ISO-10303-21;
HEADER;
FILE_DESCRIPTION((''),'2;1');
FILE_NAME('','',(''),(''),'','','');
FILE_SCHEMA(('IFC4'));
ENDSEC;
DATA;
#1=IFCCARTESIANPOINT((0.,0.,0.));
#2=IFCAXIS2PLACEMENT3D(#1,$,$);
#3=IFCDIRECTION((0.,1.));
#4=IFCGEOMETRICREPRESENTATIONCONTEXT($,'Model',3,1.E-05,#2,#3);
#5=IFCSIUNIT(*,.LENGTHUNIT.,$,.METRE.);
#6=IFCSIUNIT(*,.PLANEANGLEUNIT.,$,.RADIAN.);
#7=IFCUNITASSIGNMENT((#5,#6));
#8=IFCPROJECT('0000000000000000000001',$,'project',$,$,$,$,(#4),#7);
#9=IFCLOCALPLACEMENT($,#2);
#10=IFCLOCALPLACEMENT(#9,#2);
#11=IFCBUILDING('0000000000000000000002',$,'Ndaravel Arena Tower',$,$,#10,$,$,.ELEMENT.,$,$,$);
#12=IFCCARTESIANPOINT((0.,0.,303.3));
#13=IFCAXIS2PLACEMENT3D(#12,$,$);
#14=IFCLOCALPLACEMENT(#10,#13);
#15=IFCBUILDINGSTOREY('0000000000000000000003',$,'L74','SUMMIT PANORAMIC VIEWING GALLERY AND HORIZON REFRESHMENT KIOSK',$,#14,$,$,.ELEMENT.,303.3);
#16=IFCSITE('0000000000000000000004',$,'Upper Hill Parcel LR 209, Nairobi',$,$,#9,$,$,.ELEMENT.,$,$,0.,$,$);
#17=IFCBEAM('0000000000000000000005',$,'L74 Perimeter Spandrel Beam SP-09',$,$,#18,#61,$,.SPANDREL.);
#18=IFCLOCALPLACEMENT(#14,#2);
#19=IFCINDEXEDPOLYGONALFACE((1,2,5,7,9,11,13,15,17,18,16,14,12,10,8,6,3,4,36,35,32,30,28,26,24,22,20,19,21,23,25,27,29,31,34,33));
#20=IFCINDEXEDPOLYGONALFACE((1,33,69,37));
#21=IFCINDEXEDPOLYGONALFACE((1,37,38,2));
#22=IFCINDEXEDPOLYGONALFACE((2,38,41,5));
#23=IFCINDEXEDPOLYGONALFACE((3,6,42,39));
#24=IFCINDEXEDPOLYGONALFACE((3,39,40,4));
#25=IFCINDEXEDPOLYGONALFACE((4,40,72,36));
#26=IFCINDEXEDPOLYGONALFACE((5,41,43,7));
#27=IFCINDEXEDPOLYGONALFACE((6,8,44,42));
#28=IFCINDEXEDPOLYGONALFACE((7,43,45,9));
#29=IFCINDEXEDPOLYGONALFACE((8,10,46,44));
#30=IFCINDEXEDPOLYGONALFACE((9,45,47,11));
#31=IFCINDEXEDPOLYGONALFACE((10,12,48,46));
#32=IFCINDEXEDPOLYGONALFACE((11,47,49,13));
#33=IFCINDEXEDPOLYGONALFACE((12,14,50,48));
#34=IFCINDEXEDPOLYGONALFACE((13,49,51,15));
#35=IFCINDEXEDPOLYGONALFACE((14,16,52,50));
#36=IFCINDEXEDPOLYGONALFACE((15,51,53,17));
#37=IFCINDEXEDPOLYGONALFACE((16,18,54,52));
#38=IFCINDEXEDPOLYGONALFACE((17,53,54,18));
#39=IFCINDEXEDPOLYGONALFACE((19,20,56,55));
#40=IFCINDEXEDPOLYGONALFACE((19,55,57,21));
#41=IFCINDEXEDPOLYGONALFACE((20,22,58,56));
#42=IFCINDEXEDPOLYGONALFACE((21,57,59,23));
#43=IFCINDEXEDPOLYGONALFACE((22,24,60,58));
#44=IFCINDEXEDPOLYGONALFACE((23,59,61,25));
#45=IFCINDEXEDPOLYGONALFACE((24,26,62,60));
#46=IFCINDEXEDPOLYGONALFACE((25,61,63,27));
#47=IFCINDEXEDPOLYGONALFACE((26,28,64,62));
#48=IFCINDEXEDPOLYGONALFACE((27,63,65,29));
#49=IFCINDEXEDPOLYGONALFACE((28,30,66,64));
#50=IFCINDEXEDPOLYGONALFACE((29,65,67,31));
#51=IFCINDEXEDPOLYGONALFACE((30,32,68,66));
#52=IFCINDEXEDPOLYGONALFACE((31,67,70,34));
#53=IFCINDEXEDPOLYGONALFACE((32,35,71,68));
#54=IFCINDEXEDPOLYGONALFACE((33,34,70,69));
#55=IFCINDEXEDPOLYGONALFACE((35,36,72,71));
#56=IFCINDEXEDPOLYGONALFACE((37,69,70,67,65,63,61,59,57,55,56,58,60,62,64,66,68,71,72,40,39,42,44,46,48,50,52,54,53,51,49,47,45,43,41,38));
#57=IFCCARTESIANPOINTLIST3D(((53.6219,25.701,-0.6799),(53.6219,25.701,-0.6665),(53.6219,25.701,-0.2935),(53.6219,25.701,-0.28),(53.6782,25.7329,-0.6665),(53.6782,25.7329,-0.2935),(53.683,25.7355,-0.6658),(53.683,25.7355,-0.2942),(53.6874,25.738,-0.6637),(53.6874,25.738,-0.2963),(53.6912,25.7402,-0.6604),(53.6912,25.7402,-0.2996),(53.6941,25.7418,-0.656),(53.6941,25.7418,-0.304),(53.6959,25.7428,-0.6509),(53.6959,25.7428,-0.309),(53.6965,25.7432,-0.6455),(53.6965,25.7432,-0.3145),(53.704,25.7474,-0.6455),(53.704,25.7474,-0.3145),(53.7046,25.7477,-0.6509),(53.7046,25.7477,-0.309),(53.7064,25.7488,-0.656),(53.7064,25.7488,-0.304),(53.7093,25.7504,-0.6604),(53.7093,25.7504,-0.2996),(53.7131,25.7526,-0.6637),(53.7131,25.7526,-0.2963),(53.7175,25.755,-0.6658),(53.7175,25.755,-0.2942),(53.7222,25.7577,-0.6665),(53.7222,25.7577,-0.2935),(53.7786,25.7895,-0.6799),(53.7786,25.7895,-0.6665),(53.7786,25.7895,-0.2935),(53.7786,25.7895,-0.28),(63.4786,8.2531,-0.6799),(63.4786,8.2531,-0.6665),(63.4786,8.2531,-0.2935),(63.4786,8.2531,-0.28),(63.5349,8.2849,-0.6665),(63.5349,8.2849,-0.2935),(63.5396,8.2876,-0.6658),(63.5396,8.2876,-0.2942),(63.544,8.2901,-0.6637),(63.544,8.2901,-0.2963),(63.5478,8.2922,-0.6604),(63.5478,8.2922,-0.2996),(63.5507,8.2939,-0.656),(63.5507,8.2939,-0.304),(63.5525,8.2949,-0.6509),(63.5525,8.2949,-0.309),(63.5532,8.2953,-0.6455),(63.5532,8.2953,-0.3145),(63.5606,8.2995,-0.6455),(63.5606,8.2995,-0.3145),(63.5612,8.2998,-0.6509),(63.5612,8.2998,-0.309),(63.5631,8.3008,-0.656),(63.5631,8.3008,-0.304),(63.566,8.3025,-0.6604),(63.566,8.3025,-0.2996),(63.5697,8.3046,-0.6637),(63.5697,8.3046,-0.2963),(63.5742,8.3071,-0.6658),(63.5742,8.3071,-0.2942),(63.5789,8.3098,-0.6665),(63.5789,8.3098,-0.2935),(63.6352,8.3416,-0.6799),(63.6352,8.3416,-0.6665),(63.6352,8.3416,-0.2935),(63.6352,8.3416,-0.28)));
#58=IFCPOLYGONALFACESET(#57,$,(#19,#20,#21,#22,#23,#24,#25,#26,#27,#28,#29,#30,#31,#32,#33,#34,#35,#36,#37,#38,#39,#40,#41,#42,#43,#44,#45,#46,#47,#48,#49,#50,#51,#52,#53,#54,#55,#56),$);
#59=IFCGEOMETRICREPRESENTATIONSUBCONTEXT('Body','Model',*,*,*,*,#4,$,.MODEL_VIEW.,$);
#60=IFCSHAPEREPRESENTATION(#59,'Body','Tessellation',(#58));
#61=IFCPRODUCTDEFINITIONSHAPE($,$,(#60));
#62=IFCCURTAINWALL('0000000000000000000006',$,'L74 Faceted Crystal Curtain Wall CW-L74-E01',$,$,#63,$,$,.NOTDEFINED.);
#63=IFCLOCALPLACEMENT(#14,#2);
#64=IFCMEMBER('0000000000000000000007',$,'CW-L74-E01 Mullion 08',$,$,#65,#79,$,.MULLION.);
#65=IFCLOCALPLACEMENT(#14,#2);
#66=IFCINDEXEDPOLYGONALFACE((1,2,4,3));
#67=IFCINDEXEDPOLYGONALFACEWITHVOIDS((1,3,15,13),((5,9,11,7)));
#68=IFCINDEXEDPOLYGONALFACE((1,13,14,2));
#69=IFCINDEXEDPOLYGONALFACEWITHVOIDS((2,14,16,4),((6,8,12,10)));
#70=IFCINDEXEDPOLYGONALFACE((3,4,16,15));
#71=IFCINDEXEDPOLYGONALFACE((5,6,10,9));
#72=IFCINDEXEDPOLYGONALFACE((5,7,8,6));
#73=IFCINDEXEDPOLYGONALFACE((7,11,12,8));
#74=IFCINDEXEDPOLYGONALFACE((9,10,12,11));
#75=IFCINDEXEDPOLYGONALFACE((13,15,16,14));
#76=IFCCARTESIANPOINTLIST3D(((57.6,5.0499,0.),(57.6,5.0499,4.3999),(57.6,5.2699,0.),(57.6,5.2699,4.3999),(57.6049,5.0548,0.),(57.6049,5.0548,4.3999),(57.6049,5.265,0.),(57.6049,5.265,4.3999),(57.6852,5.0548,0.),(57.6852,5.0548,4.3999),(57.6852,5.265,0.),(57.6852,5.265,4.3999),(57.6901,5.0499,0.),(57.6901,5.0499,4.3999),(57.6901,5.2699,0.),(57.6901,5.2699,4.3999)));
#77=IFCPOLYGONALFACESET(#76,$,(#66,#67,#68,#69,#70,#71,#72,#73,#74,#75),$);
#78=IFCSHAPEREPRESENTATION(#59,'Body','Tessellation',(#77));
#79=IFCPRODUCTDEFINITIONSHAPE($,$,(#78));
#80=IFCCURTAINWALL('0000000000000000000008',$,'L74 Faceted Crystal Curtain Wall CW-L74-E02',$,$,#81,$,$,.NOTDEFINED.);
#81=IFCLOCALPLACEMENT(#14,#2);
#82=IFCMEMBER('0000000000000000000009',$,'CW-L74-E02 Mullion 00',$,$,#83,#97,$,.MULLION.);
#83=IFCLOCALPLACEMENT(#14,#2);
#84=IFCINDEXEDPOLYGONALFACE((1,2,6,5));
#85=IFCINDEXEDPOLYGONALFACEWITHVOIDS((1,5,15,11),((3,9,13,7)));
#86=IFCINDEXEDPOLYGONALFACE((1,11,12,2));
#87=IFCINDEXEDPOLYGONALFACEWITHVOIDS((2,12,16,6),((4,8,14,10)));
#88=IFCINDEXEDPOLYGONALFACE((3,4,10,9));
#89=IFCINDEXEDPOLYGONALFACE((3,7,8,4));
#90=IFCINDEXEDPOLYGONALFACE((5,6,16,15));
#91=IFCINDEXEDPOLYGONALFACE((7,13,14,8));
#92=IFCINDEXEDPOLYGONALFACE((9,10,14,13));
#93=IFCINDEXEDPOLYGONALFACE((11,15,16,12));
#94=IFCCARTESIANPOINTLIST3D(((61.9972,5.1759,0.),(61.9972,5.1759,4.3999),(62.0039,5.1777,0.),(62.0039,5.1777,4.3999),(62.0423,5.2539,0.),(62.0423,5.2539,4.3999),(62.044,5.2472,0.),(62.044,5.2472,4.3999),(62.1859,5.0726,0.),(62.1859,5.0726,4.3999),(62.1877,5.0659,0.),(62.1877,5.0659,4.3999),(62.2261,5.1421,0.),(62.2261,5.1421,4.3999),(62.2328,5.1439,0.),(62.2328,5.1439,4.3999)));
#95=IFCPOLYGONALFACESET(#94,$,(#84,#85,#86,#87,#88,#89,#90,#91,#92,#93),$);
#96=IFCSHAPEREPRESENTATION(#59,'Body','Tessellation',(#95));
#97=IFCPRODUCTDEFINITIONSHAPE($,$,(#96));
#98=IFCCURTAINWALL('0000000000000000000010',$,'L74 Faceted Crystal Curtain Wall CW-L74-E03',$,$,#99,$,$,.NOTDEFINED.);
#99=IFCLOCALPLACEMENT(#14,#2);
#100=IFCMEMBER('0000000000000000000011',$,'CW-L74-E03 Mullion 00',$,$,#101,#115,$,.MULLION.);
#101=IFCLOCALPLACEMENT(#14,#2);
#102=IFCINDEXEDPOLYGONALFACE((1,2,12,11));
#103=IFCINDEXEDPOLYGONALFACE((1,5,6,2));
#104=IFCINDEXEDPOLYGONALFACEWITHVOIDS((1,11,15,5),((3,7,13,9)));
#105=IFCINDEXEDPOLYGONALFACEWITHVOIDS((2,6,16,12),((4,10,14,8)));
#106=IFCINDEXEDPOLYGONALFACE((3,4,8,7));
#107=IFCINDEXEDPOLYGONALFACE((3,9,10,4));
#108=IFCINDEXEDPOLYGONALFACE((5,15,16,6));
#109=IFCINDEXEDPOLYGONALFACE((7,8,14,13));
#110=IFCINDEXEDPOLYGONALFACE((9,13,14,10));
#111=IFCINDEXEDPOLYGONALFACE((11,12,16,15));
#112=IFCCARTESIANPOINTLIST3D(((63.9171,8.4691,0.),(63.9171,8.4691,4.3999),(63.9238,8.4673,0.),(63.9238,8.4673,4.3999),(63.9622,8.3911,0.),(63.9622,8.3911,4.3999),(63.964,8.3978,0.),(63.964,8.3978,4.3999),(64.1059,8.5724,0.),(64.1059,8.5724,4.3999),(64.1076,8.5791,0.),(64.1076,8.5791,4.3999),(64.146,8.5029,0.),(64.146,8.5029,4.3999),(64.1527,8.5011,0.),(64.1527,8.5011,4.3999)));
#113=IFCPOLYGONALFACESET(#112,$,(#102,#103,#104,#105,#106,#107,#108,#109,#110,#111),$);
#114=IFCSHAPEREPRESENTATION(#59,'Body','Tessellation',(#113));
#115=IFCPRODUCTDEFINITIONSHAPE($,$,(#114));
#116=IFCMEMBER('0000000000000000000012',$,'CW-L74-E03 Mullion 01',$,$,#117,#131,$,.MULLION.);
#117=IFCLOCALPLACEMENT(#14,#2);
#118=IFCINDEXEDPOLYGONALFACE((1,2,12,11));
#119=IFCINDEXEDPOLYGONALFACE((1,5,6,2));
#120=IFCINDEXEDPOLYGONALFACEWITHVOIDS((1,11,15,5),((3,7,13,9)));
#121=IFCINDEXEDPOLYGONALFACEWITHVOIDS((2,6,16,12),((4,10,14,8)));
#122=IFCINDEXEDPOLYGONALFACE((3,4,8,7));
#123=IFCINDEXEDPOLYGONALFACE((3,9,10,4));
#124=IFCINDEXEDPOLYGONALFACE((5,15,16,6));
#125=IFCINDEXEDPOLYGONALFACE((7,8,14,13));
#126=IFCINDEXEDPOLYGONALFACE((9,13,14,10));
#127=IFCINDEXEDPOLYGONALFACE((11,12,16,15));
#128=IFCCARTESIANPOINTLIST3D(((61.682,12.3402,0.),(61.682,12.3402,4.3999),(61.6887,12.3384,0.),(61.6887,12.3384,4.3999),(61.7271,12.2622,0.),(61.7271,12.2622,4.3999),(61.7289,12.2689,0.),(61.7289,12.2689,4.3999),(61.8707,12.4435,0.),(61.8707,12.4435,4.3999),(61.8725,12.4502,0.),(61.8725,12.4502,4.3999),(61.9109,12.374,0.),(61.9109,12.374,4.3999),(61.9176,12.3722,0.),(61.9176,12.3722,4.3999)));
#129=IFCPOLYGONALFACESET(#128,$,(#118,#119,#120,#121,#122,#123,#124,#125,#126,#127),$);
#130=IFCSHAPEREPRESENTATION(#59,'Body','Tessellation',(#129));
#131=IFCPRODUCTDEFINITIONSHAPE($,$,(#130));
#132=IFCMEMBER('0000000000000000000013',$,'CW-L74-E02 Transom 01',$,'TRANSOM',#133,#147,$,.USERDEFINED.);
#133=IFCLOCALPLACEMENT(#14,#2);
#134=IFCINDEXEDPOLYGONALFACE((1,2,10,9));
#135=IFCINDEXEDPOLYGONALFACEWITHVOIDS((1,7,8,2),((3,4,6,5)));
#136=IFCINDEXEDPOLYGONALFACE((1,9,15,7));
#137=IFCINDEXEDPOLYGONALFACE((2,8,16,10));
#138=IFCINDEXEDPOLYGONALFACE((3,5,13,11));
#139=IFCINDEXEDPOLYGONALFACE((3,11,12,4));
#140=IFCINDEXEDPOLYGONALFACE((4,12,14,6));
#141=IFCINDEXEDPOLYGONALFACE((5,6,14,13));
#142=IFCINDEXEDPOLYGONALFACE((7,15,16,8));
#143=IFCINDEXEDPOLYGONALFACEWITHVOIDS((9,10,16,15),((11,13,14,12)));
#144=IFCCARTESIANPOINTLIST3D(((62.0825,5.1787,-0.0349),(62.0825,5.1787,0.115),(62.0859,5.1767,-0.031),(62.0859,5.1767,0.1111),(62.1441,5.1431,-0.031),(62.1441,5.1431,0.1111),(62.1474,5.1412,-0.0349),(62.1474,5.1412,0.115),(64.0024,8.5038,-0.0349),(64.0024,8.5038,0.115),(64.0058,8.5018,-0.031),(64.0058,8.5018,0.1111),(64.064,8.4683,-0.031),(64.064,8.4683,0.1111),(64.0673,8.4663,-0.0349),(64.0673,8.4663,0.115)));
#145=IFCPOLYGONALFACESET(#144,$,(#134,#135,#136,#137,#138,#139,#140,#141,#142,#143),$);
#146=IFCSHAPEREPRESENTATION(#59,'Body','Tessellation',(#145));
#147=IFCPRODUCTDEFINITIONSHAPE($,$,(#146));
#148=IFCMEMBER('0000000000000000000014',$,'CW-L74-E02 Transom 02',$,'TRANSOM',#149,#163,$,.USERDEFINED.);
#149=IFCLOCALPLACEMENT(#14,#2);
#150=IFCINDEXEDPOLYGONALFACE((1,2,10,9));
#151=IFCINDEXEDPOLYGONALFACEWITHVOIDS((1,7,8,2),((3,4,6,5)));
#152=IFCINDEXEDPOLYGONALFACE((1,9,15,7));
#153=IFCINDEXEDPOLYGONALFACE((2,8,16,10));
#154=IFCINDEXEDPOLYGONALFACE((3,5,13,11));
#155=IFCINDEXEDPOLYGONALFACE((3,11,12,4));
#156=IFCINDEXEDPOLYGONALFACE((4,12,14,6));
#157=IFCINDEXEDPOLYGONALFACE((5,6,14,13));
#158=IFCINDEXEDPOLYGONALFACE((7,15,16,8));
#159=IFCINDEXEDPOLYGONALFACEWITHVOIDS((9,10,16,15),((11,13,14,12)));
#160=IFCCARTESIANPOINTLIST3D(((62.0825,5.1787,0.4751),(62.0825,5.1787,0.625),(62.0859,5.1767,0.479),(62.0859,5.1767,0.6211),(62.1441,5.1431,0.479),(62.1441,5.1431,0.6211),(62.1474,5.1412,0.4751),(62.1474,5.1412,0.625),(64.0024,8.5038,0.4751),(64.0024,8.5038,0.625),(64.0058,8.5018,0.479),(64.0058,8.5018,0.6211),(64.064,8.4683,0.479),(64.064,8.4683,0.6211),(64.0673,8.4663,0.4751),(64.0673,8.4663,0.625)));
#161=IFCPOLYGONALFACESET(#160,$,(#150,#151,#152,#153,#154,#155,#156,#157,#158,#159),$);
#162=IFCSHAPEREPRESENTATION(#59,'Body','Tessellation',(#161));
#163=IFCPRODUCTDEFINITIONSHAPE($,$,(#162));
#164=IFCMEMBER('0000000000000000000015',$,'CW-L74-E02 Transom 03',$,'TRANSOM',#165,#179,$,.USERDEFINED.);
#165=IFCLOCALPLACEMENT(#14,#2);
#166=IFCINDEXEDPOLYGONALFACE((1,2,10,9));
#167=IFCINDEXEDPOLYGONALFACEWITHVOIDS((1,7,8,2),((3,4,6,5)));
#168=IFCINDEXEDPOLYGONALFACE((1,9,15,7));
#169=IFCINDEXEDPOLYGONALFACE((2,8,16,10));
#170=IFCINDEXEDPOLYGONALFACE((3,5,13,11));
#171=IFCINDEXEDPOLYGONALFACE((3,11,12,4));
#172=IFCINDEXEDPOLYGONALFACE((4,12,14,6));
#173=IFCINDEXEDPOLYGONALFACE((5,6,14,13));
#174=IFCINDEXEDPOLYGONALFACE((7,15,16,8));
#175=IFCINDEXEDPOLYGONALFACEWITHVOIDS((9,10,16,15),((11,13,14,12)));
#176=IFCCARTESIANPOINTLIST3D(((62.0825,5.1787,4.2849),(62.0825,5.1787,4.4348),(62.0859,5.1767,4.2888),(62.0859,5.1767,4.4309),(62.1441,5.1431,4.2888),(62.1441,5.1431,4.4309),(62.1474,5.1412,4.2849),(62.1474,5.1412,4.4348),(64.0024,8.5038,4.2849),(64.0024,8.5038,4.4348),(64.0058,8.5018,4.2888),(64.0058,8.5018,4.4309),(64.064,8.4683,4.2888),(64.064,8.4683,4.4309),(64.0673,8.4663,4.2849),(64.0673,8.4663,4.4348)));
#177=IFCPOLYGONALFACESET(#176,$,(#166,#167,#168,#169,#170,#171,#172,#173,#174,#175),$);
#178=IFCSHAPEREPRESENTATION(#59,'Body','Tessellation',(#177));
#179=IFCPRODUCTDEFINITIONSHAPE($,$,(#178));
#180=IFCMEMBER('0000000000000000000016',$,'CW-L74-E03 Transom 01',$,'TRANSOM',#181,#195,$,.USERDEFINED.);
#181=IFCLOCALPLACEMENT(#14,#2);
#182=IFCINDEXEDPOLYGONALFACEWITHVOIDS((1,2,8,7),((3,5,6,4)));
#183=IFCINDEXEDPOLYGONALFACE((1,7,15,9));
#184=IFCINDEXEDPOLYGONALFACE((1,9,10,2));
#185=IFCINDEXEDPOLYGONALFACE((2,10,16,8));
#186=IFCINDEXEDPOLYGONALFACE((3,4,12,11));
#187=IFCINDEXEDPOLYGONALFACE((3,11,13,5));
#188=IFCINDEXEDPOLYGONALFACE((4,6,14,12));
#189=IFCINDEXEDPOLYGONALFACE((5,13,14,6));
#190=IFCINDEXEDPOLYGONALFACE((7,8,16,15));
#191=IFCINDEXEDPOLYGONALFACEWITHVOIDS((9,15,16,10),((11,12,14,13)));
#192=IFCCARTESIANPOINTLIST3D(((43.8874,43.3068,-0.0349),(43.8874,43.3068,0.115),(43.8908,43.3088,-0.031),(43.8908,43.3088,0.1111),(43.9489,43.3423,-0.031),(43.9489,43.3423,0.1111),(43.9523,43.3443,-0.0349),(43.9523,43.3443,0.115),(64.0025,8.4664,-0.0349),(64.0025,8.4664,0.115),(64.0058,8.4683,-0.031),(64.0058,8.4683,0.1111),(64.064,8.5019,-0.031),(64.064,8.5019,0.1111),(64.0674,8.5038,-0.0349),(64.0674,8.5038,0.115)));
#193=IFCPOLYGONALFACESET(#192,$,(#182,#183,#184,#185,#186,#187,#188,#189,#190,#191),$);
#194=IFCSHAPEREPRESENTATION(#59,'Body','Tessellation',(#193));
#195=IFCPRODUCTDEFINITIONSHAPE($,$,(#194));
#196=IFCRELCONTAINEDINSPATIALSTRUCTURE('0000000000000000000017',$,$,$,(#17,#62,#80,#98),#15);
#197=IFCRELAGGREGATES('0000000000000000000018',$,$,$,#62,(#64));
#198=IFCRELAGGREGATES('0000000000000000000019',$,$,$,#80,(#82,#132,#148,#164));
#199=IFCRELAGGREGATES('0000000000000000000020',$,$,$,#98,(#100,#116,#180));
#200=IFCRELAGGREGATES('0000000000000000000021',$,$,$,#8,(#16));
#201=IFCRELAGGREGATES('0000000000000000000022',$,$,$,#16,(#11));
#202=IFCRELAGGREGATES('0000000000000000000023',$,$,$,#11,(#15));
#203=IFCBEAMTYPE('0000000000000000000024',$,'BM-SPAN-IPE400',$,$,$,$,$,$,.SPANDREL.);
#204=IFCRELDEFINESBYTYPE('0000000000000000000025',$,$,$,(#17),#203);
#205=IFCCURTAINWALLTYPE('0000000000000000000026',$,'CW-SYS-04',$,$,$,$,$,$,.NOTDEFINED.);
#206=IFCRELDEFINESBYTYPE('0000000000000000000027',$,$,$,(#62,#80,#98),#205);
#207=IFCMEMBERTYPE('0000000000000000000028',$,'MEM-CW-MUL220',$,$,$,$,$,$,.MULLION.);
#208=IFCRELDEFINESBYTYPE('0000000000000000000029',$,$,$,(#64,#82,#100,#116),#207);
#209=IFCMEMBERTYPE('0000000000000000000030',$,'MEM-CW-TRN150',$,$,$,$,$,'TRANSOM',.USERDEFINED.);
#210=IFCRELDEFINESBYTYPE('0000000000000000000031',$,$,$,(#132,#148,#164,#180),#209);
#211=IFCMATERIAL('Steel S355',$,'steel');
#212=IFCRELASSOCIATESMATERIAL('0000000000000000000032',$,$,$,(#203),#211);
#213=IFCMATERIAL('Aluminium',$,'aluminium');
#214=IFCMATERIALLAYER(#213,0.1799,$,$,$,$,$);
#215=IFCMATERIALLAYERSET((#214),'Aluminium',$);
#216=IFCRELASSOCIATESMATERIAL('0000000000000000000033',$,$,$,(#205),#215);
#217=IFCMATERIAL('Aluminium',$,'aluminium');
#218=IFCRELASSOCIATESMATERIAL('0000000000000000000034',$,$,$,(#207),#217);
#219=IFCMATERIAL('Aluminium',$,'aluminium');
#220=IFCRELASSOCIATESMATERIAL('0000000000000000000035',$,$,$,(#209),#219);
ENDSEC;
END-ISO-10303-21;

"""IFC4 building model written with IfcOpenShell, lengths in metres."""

from ifc_helpers import new_model, si_unit, direction, frame, origin, origin_2d, place, context, subcontext, project, spatial, hollow_rectangle, i_section, extrude, material, layer, layer_set, material_profile, profile_set, type_object, element, aggregate, save


model = new_model("IFC4")

# Units and contexts
model_context = context("Model", 3, precision=1e-05, world=origin(), true_north=direction((0.0, 1.0)))
body_context = subcontext(model_context, "Body", "Model", "MODEL_VIEW")
ifc_project = project(units=[si_unit("LENGTHUNIT", "METRE"), si_unit("PLANEANGLEUNIT", "RADIAN")], contexts=[model_context])

# Site, building, storey
site_placement = place(None, origin())
site = spatial("IfcSite", under=ifc_project, at=site_placement, Name="Upper Hill Parcel LR 209, Nairobi", CompositionType="ELEMENT", RefElevation=0.0)
building_placement = place(site_placement, origin())
building = spatial("IfcBuilding", under=site, at=building_placement, Name="Ndaravel Arena Tower", CompositionType="ELEMENT")
storey_placement = place(building_placement, frame((0.0, 0.0, 303.3)))
storey = spatial("IfcBuildingStorey", under=building, at=storey_placement, Name="L74", Description="SUMMIT PANORAMIC VIEWING GALLERY AND HORIZON REFRESHMENT KIOSK", CompositionType="ELEMENT", Elevation=303.3)

# Beam
ifc_material_1 = material(Name="Steel S355", Category="steel")
ifc_material_profile_1 = material_profile(ifc_material_1, i_section(OverallWidth=0.1799, OverallDepth=0.3999, WebThickness=0.0085, FlangeThickness=0.0134, FilletRadius=0.021, at=origin_2d()), Name="IPE 400")
ifc_profile_set_1 = profile_set([ifc_material_profile_1], Name="Steel S355")
beam_type = type_object("IfcBeamType", Name="BM-SPAN-IPE400", PredefinedType="SPANDREL", material=ifc_profile_set_1)
beam_placement = place(storey_placement, frame((63.5569, 8.2974, -0.48), z_axis=(-0.49186, 0.870674, 0.0), x_axis=(-0.870674, -0.49186, 0.0)))
element("IfcBeam", 1, at=beam_placement, inside=storey, type_object=beam_type, Name="L74 Perimeter Spandrel Beam SP-09", PredefinedType="SPANDREL", context=body_context, shape_type="SweptSolid", body=[
    extrude(i_section(OverallWidth=0.1799, OverallDepth=0.3999, WebThickness=0.0085, FlangeThickness=0.0134, FilletRadius=0.021, at=origin_2d()), origin(), (0.0, 0.0, 1.0), 20.0396),
])

# Curtain walls, members
ifc_material_2 = material(Name="Aluminium", Category="aluminium")
ifc_layer_1 = layer(ifc_material_2, 0.1799)
ifc_layer_set_1 = layer_set([ifc_layer_1], Name="Aluminium")
curtain_wall_type = type_object("IfcCurtainWallType", Name="CW-SYS-04", PredefinedType="NOTDEFINED", material=ifc_layer_set_1)
curtain_wall_1_placement = place(storey_placement, origin())
curtain_wall_1 = element("IfcCurtainWall", 2, at=curtain_wall_1_placement, inside=storey, type_object=curtain_wall_type, Name="L74 Faceted Crystal Curtain Wall CW-L74-E01", PredefinedType="NOTDEFINED")
ifc_material_3 = material(Name="Aluminium", Category="aluminium")
ifc_material_profile_2 = material_profile(ifc_material_3, hollow_rectangle(XDim=0.0901, YDim=0.22, WallThickness=0.0049, at=origin_2d()), Name="CW MULLION 90x220x5")
ifc_profile_set_2 = profile_set([ifc_material_profile_2], Name="Aluminium")
member_type_1 = type_object("IfcMemberType", Name="MEM-CW-MUL220", PredefinedType="MULLION", material=ifc_profile_set_2)
member_1_placement = place(storey_placement, frame((57.645, 5.1599, 0.0), z_axis=(0.0, 0.0, 1.0), x_axis=(1.0, 0.0, 0.0)))
member_1 = element("IfcMember", 3, at=member_1_placement, type_object=member_type_1, Name="CW-L74-E01 Mullion 08", PredefinedType="MULLION", context=body_context, shape_type="SweptSolid", body=[
    extrude(hollow_rectangle(XDim=0.0901, YDim=0.22, WallThickness=0.0049, at=origin_2d()), origin(), (0.0, 0.0, 1.0), 4.3999),
])
curtain_wall_2_placement = place(storey_placement, origin())
curtain_wall_2 = element("IfcCurtainWall", 4, at=curtain_wall_2_placement, inside=storey, type_object=curtain_wall_type, Name="L74 Faceted Crystal Curtain Wall CW-L74-E02", PredefinedType="NOTDEFINED")
member_2_placement = place(storey_placement, frame((62.115, 5.1599, 0.0), z_axis=(0.0, 0.0, 1.0), x_axis=(0.5, 0.866025, 0.0)))
member_2 = element("IfcMember", 5, at=member_2_placement, type_object=member_type_1, Name="CW-L74-E02 Mullion 00", PredefinedType="MULLION", context=body_context, shape_type="SweptSolid", body=[
    extrude(hollow_rectangle(XDim=0.0901, YDim=0.22, WallThickness=0.0049, at=origin_2d()), origin(), (0.0, 0.0, 1.0), 4.3999),
])

# Curtain wall, members
curtain_wall_3_placement = place(storey_placement, origin())
curtain_wall_3 = element("IfcCurtainWall", 6, at=curtain_wall_3_placement, inside=storey, type_object=curtain_wall_type, Name="L74 Faceted Crystal Curtain Wall CW-L74-E03", PredefinedType="NOTDEFINED")
member_3_placement = place(storey_placement, frame((64.0349, 8.4851, 0.0), z_axis=(0.0, 0.0, 1.0), x_axis=(-0.5, 0.866025, 0.0)))
member_3 = element("IfcMember", 7, at=member_3_placement, type_object=member_type_1, Name="CW-L74-E03 Mullion 00", PredefinedType="MULLION", context=body_context, shape_type="SweptSolid", body=[
    extrude(hollow_rectangle(XDim=0.0901, YDim=0.22, WallThickness=0.0049, at=origin_2d()), origin(), (0.0, 0.0, 1.0), 4.3999),
])
member_4_placement = place(storey_placement, frame((61.7998, 12.3562, 0.0), z_axis=(0.0, 0.0, 1.0), x_axis=(-0.5, 0.866025, 0.0)))
member_4 = element("IfcMember", 8, at=member_4_placement, type_object=member_type_1, Name="CW-L74-E03 Mullion 01", PredefinedType="MULLION", context=body_context, shape_type="SweptSolid", body=[
    extrude(hollow_rectangle(XDim=0.0901, YDim=0.22, WallThickness=0.0049, at=origin_2d()), origin(), (0.0, 0.0, 1.0), 4.3999),
])

# Members
ifc_material_4 = material(Name="Aluminium", Category="aluminium")
ifc_material_profile_3 = material_profile(ifc_material_4, hollow_rectangle(XDim=0.075, YDim=0.1499, WallThickness=0.0039, at=origin_2d()), Name="CW TRANSOM 75x150x4")
ifc_profile_set_3 = profile_set([ifc_material_profile_3], Name="Aluminium")
member_type_2 = type_object("IfcMemberType", Name="MEM-CW-TRN150", ElementType="TRANSOM", PredefinedType="USERDEFINED", material=ifc_profile_set_3)
member_5_placement = place(storey_placement, frame((62.115, 5.1599, 0.04), z_axis=(0.500023, 0.866012, 0.0), x_axis=(-0.866012, 0.500023, 0.0)))
member_5 = element("IfcMember", 9, at=member_5_placement, type_object=member_type_2, Name="CW-L74-E02 Transom 01", ObjectType="TRANSOM", PredefinedType="USERDEFINED", context=body_context, shape_type="SweptSolid", body=[
    extrude(hollow_rectangle(XDim=0.075, YDim=0.1499, WallThickness=0.0039, at=origin_2d()), origin(), (0.0, 0.0, 1.0), 3.8396),
])
member_6_placement = place(storey_placement, frame((62.115, 5.1599, 0.55), z_axis=(0.500023, 0.866012, 0.0), x_axis=(-0.866012, 0.500023, 0.0)))
member_6 = element("IfcMember", 10, at=member_6_placement, type_object=member_type_2, Name="CW-L74-E02 Transom 02", ObjectType="TRANSOM", PredefinedType="USERDEFINED", context=body_context, shape_type="SweptSolid", body=[
    extrude(hollow_rectangle(XDim=0.075, YDim=0.1499, WallThickness=0.0039, at=origin_2d()), origin(), (0.0, 0.0, 1.0), 3.8396),
])
member_7_placement = place(storey_placement, frame((62.115, 5.1599, 4.3599), z_axis=(0.500023, 0.866012, 0.0), x_axis=(-0.866012, 0.500023, 0.0)))
member_7 = element("IfcMember", 11, at=member_7_placement, type_object=member_type_2, Name="CW-L74-E02 Transom 03", ObjectType="TRANSOM", PredefinedType="USERDEFINED", context=body_context, shape_type="SweptSolid", body=[
    extrude(hollow_rectangle(XDim=0.075, YDim=0.1499, WallThickness=0.0039, at=origin_2d()), origin(), (0.0, 0.0, 1.0), 3.8396),
])
member_8_placement = place(storey_placement, frame((64.0349, 8.4851, 0.04), z_axis=(-0.499998, 0.866026, 0.0), x_axis=(-0.866026, -0.499998, 0.0)))
member_8 = element("IfcMember", 12, at=member_8_placement, type_object=member_type_2, Name="CW-L74-E03 Transom 01", ObjectType="TRANSOM", PredefinedType="USERDEFINED", context=body_context, shape_type="SweptSolid", body=[
    extrude(hollow_rectangle(XDim=0.075, YDim=0.1499, WallThickness=0.0039, at=origin_2d()), origin(), (0.0, 0.0, 1.0), 40.2302),
])

aggregate(curtain_wall_1, [member_1])
aggregate(curtain_wall_2, [member_2, member_5, member_6, member_7])
aggregate(curtain_wall_3, [member_3, member_4, member_8])

save(model, "model.ifc")
